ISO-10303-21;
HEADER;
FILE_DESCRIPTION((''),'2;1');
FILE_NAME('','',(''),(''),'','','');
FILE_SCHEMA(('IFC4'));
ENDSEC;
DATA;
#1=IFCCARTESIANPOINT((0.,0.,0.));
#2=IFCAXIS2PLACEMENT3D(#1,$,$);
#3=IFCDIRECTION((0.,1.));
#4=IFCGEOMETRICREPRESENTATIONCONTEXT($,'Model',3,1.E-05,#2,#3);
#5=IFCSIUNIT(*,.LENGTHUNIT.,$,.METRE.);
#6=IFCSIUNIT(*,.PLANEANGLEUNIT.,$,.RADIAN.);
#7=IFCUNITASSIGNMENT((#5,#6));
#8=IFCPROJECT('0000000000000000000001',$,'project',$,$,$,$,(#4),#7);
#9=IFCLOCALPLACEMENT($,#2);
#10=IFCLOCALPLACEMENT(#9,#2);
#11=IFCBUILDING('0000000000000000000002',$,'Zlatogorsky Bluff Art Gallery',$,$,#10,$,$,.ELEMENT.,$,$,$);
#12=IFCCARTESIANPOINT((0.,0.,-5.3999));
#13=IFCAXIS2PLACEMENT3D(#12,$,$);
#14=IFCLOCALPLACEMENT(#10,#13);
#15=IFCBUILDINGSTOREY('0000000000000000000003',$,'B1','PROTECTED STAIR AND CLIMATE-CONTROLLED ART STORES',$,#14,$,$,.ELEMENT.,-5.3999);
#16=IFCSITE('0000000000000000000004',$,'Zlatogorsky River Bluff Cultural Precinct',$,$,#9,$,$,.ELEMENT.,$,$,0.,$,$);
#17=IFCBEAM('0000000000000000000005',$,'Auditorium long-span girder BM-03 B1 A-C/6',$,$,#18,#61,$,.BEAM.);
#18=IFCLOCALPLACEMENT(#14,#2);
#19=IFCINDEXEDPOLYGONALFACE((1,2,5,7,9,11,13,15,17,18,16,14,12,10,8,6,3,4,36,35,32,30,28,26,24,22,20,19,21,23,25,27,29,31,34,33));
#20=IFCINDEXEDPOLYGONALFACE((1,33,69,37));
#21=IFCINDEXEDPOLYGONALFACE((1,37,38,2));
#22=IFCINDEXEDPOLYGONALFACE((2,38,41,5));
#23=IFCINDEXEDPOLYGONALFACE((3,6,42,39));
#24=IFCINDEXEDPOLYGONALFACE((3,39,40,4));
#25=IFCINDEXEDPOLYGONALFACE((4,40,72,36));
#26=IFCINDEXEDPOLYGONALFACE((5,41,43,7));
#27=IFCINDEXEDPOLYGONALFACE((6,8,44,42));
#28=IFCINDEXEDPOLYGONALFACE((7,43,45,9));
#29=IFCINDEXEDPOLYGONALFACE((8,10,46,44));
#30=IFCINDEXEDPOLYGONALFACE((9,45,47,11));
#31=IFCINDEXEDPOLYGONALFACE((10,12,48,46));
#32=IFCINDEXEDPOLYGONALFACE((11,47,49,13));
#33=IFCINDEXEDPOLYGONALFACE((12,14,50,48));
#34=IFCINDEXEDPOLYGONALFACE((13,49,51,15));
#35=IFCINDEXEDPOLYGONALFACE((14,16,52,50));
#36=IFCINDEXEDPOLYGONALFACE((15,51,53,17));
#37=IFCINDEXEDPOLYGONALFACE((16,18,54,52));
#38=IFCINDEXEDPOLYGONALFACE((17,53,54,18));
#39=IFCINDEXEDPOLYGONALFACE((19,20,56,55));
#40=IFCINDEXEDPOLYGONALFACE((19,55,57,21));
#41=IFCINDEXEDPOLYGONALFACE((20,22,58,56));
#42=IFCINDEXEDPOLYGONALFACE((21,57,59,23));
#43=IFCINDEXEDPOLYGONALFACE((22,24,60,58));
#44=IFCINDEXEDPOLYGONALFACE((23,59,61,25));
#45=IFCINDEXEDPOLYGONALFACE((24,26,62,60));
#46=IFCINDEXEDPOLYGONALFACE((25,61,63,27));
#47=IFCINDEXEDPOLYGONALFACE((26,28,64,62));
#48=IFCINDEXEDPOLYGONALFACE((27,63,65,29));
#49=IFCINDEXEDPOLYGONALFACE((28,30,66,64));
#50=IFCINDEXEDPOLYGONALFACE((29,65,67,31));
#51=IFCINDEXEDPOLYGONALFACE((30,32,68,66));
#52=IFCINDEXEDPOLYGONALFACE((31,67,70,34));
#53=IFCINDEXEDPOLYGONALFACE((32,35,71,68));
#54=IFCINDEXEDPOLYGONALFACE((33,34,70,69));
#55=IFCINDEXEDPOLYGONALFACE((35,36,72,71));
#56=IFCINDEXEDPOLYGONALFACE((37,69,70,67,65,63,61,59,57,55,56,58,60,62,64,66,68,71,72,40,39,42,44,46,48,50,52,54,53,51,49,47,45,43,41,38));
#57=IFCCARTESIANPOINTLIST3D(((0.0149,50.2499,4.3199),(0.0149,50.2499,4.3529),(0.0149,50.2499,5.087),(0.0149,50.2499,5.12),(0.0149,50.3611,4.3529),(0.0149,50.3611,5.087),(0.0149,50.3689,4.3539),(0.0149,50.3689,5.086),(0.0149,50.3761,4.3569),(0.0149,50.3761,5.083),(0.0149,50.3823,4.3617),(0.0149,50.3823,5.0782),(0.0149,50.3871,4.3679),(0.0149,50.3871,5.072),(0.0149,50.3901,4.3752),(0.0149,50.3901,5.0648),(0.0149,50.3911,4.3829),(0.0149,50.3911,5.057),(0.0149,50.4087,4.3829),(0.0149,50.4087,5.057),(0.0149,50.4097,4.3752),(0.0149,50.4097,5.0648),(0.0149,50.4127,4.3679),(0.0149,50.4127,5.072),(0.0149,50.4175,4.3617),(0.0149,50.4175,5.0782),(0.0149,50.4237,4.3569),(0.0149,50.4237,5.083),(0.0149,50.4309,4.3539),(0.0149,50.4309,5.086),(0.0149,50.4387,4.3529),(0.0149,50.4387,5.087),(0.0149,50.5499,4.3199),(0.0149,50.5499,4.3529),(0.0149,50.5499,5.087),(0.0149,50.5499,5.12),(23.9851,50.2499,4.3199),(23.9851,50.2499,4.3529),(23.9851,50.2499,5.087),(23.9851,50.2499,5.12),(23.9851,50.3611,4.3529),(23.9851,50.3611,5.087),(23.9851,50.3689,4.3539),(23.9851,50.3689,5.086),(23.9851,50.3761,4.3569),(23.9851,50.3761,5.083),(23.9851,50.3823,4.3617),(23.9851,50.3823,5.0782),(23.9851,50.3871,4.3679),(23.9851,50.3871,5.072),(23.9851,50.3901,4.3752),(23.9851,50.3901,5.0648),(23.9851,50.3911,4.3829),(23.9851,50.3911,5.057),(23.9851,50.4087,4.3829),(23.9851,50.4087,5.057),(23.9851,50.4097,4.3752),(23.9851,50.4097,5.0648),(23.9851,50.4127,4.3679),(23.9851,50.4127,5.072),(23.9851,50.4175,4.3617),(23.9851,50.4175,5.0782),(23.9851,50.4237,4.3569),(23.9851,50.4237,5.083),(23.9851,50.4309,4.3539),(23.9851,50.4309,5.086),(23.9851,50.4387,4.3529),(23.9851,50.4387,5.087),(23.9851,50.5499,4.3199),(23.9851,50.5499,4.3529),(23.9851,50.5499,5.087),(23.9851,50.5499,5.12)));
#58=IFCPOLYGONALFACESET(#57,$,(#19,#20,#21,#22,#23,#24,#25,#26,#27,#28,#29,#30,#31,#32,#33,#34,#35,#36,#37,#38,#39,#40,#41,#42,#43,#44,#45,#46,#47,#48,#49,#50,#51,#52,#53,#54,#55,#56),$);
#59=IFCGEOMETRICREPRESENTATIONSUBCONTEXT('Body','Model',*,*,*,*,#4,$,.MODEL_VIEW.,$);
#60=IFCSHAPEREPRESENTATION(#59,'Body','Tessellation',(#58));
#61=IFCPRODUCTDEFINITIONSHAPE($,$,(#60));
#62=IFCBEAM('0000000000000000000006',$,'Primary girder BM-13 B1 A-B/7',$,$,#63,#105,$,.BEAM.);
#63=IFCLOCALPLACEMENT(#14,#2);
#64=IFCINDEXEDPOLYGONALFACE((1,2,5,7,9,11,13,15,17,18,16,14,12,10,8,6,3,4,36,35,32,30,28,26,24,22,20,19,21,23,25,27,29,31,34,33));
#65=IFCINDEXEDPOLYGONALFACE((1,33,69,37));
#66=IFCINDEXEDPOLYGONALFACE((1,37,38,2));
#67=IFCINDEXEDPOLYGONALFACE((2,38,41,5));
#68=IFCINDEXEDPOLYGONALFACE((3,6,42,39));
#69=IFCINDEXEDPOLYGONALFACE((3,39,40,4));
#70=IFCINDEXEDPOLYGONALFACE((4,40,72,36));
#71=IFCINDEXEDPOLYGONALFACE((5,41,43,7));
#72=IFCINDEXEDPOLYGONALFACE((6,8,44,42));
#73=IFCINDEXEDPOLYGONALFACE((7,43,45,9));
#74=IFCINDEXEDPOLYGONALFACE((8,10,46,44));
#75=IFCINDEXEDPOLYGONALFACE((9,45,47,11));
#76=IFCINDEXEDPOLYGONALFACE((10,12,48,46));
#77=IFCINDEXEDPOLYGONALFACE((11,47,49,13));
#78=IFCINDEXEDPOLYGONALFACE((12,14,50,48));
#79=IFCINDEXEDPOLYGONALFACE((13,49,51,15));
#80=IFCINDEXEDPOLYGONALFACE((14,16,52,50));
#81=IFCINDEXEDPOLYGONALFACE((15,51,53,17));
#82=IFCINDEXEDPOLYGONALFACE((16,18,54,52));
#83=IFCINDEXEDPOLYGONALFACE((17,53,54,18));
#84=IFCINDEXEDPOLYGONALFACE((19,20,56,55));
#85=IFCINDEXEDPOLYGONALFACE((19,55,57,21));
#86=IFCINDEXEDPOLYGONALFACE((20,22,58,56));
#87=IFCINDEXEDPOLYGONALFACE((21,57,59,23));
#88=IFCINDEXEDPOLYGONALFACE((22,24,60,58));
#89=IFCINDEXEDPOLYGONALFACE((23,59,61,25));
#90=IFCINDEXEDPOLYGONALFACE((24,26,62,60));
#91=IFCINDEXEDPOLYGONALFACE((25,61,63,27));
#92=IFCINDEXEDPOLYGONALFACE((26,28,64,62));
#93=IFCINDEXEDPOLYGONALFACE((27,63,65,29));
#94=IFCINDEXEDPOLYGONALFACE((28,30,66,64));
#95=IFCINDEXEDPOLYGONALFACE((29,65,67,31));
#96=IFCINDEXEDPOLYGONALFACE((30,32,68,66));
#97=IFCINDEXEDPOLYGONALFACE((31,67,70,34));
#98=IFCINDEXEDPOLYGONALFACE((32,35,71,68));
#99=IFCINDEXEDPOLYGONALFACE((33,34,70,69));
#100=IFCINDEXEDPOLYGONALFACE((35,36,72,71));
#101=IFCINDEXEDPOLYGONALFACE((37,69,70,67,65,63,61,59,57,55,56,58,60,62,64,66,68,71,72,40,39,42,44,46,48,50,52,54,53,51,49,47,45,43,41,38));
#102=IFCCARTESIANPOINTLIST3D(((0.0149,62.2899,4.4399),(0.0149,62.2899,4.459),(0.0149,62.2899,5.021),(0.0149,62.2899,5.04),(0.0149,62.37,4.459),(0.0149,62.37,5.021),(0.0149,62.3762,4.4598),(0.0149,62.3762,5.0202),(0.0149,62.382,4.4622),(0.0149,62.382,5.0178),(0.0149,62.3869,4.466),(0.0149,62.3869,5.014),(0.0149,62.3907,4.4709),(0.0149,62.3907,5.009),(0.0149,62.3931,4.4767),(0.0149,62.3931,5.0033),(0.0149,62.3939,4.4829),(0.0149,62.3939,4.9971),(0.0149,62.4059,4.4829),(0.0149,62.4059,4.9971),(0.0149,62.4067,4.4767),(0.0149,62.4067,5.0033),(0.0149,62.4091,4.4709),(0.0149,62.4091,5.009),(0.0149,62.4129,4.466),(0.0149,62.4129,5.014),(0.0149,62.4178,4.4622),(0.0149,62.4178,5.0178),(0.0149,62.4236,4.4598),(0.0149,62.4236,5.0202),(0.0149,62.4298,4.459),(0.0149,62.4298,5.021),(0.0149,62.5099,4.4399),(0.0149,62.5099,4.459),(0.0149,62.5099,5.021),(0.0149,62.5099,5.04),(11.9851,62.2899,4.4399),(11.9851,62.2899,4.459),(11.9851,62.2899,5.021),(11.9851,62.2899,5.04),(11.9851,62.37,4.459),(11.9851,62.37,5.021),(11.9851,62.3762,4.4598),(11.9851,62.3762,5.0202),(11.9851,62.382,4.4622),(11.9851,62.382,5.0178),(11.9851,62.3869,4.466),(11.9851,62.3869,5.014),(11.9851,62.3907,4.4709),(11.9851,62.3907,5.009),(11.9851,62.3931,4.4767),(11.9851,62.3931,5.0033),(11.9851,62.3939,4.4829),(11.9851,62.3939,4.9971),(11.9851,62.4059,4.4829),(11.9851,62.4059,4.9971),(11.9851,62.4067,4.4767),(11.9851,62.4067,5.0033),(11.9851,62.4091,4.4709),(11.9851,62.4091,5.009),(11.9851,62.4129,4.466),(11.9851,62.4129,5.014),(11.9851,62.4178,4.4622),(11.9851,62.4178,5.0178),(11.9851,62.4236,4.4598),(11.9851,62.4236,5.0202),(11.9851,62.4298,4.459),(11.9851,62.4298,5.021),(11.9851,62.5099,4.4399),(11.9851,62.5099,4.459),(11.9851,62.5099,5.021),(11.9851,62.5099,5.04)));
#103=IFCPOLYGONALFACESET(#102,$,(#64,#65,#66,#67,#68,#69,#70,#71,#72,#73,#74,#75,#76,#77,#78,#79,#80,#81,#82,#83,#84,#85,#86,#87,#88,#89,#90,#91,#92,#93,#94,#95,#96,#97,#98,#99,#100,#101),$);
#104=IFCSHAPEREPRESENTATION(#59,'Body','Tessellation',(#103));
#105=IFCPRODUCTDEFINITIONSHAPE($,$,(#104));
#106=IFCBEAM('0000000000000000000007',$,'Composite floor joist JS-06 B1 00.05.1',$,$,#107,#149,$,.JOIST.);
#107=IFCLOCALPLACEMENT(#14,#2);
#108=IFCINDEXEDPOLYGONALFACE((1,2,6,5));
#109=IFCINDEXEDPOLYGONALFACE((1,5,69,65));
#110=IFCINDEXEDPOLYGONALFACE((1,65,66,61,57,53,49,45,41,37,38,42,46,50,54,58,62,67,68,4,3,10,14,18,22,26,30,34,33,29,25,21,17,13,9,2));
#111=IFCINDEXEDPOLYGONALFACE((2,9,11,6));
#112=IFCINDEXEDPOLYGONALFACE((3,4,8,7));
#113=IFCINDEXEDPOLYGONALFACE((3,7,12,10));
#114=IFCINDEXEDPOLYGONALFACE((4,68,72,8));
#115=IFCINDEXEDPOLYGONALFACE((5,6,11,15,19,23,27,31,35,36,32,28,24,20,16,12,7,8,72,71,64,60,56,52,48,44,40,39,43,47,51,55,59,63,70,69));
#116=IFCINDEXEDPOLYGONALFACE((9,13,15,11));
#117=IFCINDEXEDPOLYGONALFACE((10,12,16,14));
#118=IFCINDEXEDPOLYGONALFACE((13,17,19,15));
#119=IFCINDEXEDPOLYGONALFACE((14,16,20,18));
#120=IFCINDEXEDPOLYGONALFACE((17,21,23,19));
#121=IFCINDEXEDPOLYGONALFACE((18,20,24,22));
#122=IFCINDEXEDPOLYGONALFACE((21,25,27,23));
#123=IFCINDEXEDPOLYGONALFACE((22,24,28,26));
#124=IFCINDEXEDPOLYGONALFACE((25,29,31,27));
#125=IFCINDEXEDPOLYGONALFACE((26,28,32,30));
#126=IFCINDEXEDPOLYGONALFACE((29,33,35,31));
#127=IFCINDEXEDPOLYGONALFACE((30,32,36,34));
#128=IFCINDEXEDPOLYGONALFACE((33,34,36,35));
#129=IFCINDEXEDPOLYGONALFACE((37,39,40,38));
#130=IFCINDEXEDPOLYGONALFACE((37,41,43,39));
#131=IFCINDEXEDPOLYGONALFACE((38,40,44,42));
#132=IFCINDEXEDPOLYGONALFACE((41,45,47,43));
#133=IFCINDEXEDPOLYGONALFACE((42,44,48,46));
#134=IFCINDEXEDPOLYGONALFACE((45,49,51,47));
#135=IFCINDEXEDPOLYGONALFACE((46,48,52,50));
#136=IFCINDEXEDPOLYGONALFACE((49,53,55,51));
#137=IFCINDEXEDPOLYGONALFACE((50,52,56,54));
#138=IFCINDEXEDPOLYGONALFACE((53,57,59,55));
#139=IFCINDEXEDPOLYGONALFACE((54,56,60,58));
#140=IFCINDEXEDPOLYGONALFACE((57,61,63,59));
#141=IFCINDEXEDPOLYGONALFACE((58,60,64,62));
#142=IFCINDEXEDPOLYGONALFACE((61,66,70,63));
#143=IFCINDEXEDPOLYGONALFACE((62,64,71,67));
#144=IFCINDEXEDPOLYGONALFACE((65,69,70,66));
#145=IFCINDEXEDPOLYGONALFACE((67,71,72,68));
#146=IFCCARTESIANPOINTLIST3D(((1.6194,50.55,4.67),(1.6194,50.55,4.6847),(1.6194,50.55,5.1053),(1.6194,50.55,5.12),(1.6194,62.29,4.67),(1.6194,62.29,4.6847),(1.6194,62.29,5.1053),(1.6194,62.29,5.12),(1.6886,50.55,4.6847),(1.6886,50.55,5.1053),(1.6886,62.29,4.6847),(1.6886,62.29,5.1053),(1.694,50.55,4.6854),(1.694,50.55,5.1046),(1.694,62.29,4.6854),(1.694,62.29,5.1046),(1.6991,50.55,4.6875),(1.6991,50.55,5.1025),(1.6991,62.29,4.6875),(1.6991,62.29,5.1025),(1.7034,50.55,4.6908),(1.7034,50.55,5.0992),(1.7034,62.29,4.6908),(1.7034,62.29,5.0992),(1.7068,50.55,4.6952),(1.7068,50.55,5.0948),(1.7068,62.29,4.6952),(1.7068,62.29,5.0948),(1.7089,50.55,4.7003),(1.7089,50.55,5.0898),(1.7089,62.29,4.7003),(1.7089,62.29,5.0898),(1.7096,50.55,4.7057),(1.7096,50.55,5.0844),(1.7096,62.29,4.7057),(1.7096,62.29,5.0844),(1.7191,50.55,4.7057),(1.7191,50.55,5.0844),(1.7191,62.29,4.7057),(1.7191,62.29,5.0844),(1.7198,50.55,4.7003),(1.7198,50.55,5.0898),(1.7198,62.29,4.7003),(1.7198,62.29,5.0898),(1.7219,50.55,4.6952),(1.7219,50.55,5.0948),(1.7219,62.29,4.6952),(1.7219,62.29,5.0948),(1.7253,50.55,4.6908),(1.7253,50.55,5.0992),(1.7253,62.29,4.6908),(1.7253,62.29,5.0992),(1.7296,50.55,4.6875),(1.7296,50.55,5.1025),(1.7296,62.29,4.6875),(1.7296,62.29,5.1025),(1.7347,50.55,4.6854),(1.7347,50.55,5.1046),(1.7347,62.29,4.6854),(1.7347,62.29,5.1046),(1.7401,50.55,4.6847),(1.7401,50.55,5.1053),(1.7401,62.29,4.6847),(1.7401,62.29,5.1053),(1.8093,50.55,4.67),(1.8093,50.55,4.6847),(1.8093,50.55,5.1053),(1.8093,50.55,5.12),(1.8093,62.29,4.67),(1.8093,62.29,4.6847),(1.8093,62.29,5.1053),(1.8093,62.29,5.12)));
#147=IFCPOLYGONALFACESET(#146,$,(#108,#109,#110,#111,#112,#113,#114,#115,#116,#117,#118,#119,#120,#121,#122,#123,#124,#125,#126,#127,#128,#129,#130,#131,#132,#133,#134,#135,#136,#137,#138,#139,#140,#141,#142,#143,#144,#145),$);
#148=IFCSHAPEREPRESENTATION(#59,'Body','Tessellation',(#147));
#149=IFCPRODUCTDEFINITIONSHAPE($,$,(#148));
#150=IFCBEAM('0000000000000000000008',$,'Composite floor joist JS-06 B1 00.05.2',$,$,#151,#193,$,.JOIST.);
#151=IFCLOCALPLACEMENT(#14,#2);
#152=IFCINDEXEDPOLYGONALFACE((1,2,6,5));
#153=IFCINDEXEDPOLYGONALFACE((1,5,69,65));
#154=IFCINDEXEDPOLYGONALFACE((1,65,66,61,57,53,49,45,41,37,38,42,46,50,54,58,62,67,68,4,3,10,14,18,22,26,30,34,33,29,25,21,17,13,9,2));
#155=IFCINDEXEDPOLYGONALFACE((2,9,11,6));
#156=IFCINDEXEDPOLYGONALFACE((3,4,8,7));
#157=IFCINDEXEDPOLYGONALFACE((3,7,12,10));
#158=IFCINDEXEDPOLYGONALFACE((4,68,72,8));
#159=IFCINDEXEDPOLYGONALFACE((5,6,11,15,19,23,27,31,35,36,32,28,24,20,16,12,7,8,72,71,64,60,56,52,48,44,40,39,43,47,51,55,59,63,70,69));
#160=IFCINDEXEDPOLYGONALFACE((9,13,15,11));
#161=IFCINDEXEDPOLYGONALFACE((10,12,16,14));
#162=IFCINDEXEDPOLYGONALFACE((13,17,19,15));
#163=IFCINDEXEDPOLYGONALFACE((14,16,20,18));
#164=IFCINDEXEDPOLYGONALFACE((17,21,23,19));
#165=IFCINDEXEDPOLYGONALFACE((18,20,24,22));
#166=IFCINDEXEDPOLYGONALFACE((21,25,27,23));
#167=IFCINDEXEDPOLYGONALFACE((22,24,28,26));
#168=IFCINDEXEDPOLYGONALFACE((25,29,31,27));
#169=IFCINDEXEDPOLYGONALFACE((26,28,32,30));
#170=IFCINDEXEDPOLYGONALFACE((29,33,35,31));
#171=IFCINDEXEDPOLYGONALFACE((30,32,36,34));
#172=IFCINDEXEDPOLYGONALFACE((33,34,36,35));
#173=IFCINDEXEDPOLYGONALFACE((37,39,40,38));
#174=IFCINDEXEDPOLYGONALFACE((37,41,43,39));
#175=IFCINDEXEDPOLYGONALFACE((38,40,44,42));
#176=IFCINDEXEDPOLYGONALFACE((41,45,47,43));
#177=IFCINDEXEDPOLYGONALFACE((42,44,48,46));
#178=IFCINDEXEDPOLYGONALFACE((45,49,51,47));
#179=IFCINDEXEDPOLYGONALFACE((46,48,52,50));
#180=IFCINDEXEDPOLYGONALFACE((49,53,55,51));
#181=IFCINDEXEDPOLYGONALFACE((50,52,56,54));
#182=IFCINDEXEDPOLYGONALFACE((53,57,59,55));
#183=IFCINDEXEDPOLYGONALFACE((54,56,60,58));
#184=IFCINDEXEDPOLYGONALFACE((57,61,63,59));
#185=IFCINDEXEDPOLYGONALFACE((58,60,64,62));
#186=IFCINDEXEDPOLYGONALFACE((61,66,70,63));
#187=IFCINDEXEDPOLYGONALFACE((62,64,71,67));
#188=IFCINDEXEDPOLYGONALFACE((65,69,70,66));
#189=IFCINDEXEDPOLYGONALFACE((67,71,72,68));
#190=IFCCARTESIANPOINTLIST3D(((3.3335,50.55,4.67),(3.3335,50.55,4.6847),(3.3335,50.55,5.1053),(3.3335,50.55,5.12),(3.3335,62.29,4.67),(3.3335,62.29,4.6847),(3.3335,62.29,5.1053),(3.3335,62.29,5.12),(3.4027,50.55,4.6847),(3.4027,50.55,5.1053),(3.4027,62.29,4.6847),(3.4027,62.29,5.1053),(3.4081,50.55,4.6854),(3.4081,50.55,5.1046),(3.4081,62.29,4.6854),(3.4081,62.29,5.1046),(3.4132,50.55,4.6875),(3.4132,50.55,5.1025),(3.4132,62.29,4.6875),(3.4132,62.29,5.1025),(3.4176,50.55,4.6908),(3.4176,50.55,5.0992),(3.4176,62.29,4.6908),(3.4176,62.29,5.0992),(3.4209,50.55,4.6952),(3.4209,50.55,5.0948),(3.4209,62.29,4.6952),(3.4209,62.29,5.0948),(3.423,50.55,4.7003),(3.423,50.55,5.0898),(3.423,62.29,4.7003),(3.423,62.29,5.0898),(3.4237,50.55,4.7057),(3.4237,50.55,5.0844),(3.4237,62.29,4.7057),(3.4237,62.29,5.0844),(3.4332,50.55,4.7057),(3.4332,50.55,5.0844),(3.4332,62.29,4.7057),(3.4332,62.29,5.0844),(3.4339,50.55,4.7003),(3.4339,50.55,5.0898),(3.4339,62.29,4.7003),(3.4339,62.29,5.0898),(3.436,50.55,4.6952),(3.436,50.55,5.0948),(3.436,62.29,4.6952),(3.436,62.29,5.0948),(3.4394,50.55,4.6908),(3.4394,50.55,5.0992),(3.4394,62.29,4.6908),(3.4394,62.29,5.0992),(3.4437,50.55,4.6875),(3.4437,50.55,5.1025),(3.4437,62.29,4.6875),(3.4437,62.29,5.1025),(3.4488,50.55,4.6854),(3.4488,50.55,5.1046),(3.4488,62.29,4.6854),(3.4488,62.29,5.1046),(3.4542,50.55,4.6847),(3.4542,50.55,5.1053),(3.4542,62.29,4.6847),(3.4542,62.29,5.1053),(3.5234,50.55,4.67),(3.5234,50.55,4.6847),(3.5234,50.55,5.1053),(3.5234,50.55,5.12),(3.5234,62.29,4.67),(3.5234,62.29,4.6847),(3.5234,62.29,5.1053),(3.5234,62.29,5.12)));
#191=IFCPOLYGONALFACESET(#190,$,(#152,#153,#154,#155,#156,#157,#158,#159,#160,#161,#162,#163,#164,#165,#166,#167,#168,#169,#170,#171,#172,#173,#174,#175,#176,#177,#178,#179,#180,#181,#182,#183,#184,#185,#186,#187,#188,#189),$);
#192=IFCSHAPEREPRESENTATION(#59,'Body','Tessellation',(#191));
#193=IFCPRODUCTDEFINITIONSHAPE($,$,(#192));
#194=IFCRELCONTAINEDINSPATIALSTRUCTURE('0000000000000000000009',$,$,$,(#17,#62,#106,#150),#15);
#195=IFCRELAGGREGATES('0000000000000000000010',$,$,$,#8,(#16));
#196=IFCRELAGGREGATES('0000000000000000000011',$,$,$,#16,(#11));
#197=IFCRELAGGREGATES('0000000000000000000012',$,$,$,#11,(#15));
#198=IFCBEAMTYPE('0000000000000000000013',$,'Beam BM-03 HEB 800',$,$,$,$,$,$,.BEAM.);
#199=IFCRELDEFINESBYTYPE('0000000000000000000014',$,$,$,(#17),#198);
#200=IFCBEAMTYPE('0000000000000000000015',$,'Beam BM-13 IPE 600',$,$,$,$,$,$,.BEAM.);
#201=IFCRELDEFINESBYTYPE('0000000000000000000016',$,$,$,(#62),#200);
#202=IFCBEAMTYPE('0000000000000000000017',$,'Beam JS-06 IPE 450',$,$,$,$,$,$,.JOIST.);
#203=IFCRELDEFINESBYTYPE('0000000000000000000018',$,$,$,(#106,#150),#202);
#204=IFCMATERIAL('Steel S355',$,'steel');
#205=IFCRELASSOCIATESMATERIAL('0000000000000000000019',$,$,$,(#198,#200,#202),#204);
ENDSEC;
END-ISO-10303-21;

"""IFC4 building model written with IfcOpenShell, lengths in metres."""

from ifc_helpers import new_model, si_unit, direction, frame, origin, origin_2d, place, context, subcontext, project, spatial, i_section, extrude, material, material_profile, profile_set, type_object, element, save


model = new_model("IFC4")

# Units and contexts
model_context = context("Model", 3, precision=1e-05, world=origin(), true_north=direction((0.0, 1.0)))
body_context = subcontext(model_context, "Body", "Model", "MODEL_VIEW")
ifc_project = project(units=[si_unit("LENGTHUNIT", "METRE"), si_unit("PLANEANGLEUNIT", "RADIAN")], contexts=[model_context])

# Site, building, storey
site_placement = place(None, origin())
site = spatial("IfcSite", under=ifc_project, at=site_placement, Name="Zlatogorsky River Bluff Cultural Precinct", CompositionType="ELEMENT", RefElevation=0.0)
building_placement = place(site_placement, origin())
building = spatial("IfcBuilding", under=site, at=building_placement, Name="Zlatogorsky Bluff Art Gallery", CompositionType="ELEMENT")
storey_placement = place(building_placement, frame((0.0, 0.0, -5.3999)))
storey = spatial("IfcBuildingStorey", under=building, at=storey_placement, Name="B1", Description="PROTECTED STAIR AND CLIMATE-CONTROLLED ART STORES", CompositionType="ELEMENT", Elevation=-5.3999)

# Shared definitions
ifc_material_1 = material(Name="Steel S355", Category="steel")

# Beams
ifc_material_profile_1 = material_profile(ifc_material_1, i_section(OverallWidth=0.3, OverallDepth=0.8, WebThickness=0.0176, FlangeThickness=0.033, FilletRadius=0.03, at=origin_2d()), Name="HEB 800")
ifc_profile_set_1 = profile_set([ifc_material_profile_1], Name="Steel S355")
beam_type_1 = type_object("IfcBeamType", Name="Beam BM-03 HEB 800", PredefinedType="BEAM", material=ifc_profile_set_1)
beam_1_placement = place(storey_placement, frame((0.0149, 50.3999, 4.72), z_axis=(1.0, 0.0, 0.0), x_axis=(0.0, 1.0, 0.0)))
element("IfcBeam", 1, at=beam_1_placement, inside=storey, type_object=beam_type_1, Name="Auditorium long-span girder BM-03 B1 A-C/6", PredefinedType="BEAM", context=body_context, shape_type="SweptSolid", body=[
    extrude(i_section(OverallWidth=0.3, OverallDepth=0.8, WebThickness=0.0176, FlangeThickness=0.033, FilletRadius=0.03, at=origin_2d()), origin(), (0.0, 0.0, 1.0), 23.9702),
])
ifc_material_profile_2 = material_profile(ifc_material_1, i_section(OverallWidth=0.22, OverallDepth=0.6001, WebThickness=0.012, FlangeThickness=0.019, FilletRadius=0.0239, at=origin_2d()), Name="IPE 600")
ifc_profile_set_2 = profile_set([ifc_material_profile_2], Name="Steel S355")
beam_type_2 = type_object("IfcBeamType", Name="Beam BM-13 IPE 600", PredefinedType="BEAM", material=ifc_profile_set_2)
beam_2_placement = place(storey_placement, frame((0.0149, 62.3999, 4.74), z_axis=(1.0, 0.0, 0.0), x_axis=(0.0, 1.0, 0.0)))
element("IfcBeam", 2, at=beam_2_placement, inside=storey, type_object=beam_type_2, Name="Primary girder BM-13 B1 A-B/7", PredefinedType="BEAM", context=body_context, shape_type="SweptSolid", body=[
    extrude(i_section(OverallWidth=0.22, OverallDepth=0.6001, WebThickness=0.012, FlangeThickness=0.019, FilletRadius=0.0239, at=origin_2d()), origin(), (0.0, 0.0, 1.0), 11.9702),
])
ifc_material_profile_3 = material_profile(ifc_material_1, i_section(OverallWidth=0.1899, OverallDepth=0.45, WebThickness=0.0095, FlangeThickness=0.0146, FilletRadius=0.021, at=origin_2d()), Name="IPE 450")
ifc_profile_set_3 = profile_set([ifc_material_profile_3], Name="Steel S355")
beam_type_3 = type_object("IfcBeamType", Name="Beam JS-06 IPE 450", PredefinedType="JOIST", material=ifc_profile_set_3)
for number, where, z_axis, x_axis, name in (
    (3, (1.7144, 50.55, 4.895), (0.0, 1.0, 0.0), (-1.0, 0.0, 0.0), "Composite floor joist JS-06 B1 00.05.1"),
    (4, (3.4285, 50.55, 4.895), (0.0, 1.0, 0.0), (-1.0, 0.0, 0.0), "Composite floor joist JS-06 B1 00.05.2"),
):
    element("IfcBeam", number, at=place(storey_placement, frame(where, z_axis=z_axis, x_axis=x_axis)), inside=storey, type_object=beam_type_3, Name=name, PredefinedType="JOIST", context=body_context, shape_type="SweptSolid", body=[
        extrude(i_section(OverallWidth=0.1899, OverallDepth=0.45, WebThickness=0.0095, FlangeThickness=0.0146, FilletRadius=0.021, at=origin_2d()), origin(), (0.0, 0.0, 1.0), 11.74),
    ])

save(model, "model.ifc")
